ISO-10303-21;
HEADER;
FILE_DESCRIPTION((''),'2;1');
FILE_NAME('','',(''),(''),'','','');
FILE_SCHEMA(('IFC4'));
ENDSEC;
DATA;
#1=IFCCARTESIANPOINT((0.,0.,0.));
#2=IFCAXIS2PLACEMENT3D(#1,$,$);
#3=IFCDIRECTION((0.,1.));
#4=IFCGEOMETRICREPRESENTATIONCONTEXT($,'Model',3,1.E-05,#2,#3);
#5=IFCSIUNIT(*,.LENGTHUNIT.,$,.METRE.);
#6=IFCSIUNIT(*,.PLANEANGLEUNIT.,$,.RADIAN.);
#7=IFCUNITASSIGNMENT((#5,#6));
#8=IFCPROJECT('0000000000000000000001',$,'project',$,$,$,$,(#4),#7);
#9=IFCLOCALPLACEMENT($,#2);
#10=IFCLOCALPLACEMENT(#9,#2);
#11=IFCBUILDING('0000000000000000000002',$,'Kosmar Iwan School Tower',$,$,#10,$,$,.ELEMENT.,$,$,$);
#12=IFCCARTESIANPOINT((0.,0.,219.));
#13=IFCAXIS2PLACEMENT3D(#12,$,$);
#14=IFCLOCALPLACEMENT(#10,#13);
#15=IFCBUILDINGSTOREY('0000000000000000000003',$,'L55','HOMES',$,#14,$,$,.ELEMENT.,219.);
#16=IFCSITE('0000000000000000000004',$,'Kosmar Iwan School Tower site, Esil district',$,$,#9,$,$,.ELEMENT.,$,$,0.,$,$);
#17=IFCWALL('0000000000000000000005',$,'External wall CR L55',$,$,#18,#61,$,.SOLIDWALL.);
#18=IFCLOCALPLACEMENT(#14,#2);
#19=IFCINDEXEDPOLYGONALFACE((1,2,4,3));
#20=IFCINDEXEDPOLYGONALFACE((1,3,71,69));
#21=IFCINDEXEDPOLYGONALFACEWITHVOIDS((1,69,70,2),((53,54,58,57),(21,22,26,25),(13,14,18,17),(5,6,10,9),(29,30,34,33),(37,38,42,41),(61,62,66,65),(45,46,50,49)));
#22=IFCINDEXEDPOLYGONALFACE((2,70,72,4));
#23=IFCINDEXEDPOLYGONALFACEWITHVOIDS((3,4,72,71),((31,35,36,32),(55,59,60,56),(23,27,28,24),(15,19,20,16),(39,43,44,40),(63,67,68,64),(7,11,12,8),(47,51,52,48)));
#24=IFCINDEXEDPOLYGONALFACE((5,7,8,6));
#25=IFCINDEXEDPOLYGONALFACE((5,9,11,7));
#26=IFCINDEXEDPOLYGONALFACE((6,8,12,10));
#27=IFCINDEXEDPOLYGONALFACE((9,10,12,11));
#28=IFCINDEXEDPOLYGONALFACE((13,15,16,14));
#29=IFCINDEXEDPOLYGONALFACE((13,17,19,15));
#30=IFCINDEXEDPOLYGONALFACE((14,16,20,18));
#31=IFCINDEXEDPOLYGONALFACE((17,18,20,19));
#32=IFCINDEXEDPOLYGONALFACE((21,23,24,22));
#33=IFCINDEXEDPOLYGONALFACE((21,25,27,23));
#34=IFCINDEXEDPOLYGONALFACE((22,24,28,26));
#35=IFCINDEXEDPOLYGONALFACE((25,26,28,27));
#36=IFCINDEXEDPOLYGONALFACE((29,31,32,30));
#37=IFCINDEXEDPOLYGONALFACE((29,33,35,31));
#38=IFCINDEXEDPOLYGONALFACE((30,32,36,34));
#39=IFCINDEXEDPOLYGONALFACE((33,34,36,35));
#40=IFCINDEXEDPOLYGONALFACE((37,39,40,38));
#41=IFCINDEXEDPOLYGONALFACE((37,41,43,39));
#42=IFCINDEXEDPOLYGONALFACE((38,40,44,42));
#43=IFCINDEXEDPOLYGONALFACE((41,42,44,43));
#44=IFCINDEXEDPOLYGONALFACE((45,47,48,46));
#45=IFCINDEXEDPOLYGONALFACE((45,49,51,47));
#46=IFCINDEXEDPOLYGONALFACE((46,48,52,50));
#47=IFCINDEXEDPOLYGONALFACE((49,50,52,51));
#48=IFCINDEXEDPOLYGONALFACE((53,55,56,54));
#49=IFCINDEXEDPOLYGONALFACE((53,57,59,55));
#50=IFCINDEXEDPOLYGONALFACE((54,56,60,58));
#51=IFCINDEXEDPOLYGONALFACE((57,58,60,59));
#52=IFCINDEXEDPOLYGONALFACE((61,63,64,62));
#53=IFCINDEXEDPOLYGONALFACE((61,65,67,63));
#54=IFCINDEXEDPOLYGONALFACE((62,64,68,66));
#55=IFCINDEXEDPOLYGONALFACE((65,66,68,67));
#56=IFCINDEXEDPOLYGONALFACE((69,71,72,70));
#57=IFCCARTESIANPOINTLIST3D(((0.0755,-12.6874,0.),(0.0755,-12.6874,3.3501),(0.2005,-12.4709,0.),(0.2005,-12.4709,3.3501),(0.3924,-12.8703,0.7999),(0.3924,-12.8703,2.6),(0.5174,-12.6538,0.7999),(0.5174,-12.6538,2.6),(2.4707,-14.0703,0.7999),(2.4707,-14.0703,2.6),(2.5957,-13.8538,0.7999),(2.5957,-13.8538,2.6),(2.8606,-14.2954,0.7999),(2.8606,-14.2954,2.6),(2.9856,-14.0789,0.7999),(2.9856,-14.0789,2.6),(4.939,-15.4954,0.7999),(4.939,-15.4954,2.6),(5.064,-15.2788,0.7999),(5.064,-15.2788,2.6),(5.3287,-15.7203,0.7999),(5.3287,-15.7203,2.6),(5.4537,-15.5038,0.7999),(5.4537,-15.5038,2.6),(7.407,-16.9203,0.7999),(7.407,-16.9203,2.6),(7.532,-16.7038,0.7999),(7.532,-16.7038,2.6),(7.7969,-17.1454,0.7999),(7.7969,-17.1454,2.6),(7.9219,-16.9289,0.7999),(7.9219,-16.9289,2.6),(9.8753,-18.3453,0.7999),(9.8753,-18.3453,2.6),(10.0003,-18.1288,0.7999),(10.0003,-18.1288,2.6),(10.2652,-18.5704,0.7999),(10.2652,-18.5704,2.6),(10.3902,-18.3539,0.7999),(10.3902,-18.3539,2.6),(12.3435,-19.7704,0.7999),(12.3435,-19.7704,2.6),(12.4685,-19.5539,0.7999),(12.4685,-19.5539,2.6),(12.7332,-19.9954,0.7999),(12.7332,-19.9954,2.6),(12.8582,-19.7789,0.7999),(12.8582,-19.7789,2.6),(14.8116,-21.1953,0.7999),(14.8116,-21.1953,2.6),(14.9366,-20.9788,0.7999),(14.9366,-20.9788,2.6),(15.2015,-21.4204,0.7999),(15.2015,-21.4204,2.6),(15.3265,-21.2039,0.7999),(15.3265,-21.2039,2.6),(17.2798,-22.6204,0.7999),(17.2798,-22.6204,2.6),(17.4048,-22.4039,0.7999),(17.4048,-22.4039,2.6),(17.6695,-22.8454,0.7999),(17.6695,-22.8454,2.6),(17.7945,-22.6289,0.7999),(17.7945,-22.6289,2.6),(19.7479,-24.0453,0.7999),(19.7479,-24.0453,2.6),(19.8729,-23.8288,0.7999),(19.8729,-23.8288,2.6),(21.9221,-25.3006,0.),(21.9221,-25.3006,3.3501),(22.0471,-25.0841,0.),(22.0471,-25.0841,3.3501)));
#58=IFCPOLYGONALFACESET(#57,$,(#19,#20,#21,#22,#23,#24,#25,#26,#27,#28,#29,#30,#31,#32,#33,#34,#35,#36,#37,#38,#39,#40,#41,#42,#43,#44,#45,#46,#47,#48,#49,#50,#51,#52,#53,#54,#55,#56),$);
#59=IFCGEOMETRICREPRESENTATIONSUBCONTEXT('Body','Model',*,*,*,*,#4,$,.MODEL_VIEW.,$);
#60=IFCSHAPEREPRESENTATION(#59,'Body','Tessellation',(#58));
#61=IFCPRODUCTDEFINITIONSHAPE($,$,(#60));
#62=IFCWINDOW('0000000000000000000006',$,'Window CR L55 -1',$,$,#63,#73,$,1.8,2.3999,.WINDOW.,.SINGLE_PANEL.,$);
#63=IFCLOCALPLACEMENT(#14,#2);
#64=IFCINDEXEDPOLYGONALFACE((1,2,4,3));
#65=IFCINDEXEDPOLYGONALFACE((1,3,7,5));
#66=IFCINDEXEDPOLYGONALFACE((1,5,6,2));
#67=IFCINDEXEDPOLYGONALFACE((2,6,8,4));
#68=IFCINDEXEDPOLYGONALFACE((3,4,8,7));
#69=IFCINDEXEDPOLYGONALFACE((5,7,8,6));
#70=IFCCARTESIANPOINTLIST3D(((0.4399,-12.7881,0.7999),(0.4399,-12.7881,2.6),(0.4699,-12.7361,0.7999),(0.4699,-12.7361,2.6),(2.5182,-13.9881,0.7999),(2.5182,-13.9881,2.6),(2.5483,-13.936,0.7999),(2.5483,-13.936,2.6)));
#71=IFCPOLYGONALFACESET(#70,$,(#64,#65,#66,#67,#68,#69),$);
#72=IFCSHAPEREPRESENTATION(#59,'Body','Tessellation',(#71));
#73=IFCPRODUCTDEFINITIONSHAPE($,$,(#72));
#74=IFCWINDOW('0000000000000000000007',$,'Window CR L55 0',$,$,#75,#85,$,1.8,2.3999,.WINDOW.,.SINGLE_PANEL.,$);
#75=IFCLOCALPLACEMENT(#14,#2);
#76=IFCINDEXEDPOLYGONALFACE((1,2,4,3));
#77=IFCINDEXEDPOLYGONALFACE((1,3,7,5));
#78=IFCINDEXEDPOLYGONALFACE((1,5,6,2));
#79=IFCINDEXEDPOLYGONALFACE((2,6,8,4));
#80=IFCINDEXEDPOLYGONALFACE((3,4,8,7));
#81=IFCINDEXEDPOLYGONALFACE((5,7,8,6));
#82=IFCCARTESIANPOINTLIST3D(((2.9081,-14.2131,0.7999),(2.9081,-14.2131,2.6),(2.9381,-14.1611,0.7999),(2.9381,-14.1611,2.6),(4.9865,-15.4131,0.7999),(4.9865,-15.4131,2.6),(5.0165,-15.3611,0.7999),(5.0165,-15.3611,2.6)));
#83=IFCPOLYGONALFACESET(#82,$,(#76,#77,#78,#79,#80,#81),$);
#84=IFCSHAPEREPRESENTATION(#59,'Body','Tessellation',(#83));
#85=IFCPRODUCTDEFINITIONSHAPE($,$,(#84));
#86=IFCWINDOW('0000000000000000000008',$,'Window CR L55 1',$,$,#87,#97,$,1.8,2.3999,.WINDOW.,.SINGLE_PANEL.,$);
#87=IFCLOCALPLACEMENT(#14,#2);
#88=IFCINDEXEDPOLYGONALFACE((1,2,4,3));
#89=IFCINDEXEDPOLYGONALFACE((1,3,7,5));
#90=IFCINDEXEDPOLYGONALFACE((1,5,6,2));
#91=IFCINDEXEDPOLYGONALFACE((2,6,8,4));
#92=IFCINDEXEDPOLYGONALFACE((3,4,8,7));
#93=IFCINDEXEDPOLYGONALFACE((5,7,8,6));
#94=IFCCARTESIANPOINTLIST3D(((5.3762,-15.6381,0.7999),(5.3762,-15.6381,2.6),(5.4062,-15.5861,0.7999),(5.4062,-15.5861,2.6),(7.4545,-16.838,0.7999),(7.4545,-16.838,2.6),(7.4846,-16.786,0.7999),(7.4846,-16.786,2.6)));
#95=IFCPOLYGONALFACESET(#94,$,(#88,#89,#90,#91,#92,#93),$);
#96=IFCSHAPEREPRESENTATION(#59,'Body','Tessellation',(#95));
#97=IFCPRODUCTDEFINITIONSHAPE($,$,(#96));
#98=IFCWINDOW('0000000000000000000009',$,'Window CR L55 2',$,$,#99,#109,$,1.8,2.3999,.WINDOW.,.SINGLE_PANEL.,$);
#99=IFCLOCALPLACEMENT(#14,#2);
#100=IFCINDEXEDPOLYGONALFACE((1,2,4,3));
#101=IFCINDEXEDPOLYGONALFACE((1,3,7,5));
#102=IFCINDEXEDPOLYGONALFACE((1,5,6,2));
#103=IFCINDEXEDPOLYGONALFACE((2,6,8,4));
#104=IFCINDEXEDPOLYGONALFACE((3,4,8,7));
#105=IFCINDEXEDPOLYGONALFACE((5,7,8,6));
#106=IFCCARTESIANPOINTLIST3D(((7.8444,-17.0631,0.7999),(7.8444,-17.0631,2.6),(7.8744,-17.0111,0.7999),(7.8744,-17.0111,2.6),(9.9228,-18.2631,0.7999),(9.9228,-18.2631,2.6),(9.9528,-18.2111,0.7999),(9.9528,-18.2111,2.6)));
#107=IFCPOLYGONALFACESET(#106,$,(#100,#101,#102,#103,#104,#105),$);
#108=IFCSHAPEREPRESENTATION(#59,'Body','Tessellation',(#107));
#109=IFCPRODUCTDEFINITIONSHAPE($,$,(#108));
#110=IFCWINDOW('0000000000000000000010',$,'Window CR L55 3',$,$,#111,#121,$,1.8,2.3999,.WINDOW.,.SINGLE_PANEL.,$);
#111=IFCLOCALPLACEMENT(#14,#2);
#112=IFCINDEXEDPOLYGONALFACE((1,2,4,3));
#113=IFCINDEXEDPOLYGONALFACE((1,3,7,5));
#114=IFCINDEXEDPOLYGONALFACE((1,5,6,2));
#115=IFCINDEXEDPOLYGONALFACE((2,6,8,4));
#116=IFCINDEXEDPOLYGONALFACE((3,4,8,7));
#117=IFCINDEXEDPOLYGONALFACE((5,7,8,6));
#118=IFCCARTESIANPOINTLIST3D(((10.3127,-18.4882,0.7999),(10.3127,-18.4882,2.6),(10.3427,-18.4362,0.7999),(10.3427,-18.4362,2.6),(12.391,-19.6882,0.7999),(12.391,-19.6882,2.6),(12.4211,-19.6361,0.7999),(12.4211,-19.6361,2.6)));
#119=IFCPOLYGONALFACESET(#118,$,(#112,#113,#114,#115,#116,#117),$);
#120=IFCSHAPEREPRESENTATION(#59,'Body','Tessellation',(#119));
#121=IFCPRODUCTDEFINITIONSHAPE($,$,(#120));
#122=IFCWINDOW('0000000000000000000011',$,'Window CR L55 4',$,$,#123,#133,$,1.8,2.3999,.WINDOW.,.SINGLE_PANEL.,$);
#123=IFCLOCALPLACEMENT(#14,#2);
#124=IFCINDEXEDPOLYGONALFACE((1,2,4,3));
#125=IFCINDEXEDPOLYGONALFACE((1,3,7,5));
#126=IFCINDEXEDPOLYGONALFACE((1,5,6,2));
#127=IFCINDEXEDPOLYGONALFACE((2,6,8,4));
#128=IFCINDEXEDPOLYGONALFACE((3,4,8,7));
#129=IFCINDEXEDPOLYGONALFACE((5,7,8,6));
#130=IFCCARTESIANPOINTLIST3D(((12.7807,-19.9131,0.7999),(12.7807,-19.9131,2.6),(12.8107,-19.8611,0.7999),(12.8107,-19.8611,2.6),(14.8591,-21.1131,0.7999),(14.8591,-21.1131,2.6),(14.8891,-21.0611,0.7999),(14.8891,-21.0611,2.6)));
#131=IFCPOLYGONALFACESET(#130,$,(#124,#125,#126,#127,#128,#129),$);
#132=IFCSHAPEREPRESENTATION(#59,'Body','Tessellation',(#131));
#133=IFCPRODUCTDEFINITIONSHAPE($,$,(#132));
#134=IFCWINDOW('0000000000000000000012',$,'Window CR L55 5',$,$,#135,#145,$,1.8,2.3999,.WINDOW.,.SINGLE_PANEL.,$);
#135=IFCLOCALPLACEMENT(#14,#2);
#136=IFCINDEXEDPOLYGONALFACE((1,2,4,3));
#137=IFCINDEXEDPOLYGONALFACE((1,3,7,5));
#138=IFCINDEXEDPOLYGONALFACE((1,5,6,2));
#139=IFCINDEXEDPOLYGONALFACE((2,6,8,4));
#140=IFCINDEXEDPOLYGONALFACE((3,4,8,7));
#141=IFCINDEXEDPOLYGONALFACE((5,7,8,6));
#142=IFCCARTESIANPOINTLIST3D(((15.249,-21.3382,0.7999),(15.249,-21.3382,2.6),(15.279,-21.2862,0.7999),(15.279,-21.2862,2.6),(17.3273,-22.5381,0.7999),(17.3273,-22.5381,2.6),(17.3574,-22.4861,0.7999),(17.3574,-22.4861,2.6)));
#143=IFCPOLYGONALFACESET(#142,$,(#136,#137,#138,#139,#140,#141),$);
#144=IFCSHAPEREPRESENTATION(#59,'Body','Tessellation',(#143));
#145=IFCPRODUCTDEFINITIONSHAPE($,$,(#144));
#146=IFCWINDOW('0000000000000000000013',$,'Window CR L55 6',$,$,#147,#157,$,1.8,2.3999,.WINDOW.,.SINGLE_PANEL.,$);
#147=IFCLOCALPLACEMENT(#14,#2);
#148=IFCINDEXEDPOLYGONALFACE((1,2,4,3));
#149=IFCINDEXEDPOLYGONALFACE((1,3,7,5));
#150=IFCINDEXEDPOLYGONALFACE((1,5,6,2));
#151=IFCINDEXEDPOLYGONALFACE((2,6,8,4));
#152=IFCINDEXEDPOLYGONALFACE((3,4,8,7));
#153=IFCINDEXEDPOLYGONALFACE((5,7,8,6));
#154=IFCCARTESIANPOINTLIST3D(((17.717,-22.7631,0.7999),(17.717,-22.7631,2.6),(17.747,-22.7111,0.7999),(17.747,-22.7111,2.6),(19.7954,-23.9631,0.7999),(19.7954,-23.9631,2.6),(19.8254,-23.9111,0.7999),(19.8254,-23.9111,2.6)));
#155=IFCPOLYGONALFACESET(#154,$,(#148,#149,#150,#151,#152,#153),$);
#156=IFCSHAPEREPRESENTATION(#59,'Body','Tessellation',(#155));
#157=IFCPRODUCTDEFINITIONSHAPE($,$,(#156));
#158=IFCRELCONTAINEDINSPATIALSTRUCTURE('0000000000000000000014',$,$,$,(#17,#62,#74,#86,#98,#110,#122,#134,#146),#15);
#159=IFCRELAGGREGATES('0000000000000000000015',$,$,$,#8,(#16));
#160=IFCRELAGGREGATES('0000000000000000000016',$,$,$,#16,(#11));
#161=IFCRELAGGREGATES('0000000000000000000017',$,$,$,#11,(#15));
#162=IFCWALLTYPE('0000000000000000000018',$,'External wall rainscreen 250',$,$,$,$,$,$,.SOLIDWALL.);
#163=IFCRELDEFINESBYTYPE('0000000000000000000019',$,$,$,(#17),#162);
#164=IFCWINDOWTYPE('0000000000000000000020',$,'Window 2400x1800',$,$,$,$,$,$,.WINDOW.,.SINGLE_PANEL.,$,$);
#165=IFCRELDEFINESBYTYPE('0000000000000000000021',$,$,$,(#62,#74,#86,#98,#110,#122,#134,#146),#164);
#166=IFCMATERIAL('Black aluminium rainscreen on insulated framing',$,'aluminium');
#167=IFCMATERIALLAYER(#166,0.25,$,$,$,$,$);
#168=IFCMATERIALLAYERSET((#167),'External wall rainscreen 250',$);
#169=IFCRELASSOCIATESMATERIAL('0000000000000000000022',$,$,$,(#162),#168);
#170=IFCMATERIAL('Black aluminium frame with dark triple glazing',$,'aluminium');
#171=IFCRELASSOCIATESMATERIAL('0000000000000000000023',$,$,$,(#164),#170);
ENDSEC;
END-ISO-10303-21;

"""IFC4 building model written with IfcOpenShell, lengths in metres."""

from ifc_helpers import new_model, si_unit, direction, frame, frame_2d, origin, place, context, subcontext, project, spatial, rectangle, extrude, material, layer, layer_set, type_object, element, fill, save


model = new_model("IFC4")

# Units and contexts
model_context = context("Model", 3, precision=1e-05, world=origin(), true_north=direction((0.0, 1.0)))
body_context = subcontext(model_context, "Body", "Model", "MODEL_VIEW")
ifc_project = project(units=[si_unit("LENGTHUNIT", "METRE"), si_unit("PLANEANGLEUNIT", "RADIAN")], contexts=[model_context])

# Site, building, storey
site_placement = place(None, origin())
site = spatial("IfcSite", under=ifc_project, at=site_placement, Name="Kosmar Iwan School Tower site, Esil district", CompositionType="ELEMENT", RefElevation=0.0)
building_placement = place(site_placement, origin())
building = spatial("IfcBuilding", under=site, at=building_placement, Name="Kosmar Iwan School Tower", CompositionType="ELEMENT")
storey_placement = place(building_placement, frame((0.0, 0.0, 219.0)))
storey = spatial("IfcBuildingStorey", under=building, at=storey_placement, Name="L55", Description="HOMES", CompositionType="ELEMENT", Elevation=219.0)

# Wall, openings, windows
ifc_material_1 = material(Name="Black aluminium rainscreen on insulated framing", Category="aluminium")
ifc_layer_1 = layer(ifc_material_1, 0.25)
ifc_layer_set_1 = layer_set([ifc_layer_1], Name="External wall rainscreen 250")
wall_type_1 = type_object("IfcWallType", Name="External wall rainscreen 250", PredefinedType="SOLIDWALL", material=ifc_layer_set_1)
ifc_material_2 = material(Name="Black aluminium frame with dark triple glazing", Category="aluminium")
window_type = type_object("IfcWindowType", Name="Window 2400x1800", PartitioningType="SINGLE_PANEL", PredefinedType="WINDOW", material=ifc_material_2)
wall_1_placement = place(storey_placement, frame((0.1379, -12.5791, 0.0), z_axis=(0.0, 0.0, 1.0), x_axis=(0.866024, -0.500003, 0.0)))
wall_1 = element("IfcWall", 1, at=wall_1_placement, inside=storey, type_object=wall_type_1, Name="External wall CR L55", PredefinedType="SOLIDWALL", context=body_context, shape_type="SweptSolid", body=[
    extrude(rectangle(XDim=25.2263, YDim=0.25, at=frame_2d((12.6133, 0.0))), origin(), (0.0, 0.0, 1.0), 3.3501),
])
opening_1_placement = place(wall_1_placement, frame((0.366, 0.0, 0.8)))
opening_1 = element("IfcOpeningElement", 2, at=opening_1_placement, cuts=wall_1, PredefinedType="OPENING", context=body_context, shape_type="SweptSolid", body=[
    extrude(rectangle(XDim=2.3999, YDim=1.8, at=frame_2d((1.2, 0.8999))), frame((0.0, 0.137, 0.0), z_axis=(0.0, -1.0, 0.0), x_axis=(1.0, 0.0, 0.0)), (0.0, 0.0, 1.0), 0.2739),
])
opening_2_placement = place(wall_1_placement, frame((3.2161, 0.0, 0.8)))
opening_2 = element("IfcOpeningElement", 3, at=opening_2_placement, cuts=wall_1, PredefinedType="OPENING", context=body_context, shape_type="SweptSolid", body=[
    extrude(rectangle(XDim=2.3999, YDim=1.8, at=frame_2d((1.2, 0.8999))), frame((0.0, 0.137, 0.0), z_axis=(0.0, -1.0, 0.0), x_axis=(1.0, 0.0, 0.0)), (0.0, 0.0, 1.0), 0.2739),
])
opening_3_placement = place(wall_1_placement, frame((6.0659, 0.0, 0.8)))
opening_3 = element("IfcOpeningElement", 4, at=opening_3_placement, cuts=wall_1, PredefinedType="OPENING", context=body_context, shape_type="SweptSolid", body=[
    extrude(rectangle(XDim=2.3999, YDim=1.8, at=frame_2d((1.2, 0.8999))), frame((0.0, 0.137, 0.0), z_axis=(0.0, -1.0, 0.0), x_axis=(1.0, 0.0, 0.0)), (0.0, 0.0, 1.0), 0.2739),
])
opening_4_placement = place(wall_1_placement, frame((8.916, 0.0, 0.8)))
opening_4 = element("IfcOpeningElement", 5, at=opening_4_placement, cuts=wall_1, PredefinedType="OPENING", context=body_context, shape_type="SweptSolid", body=[
    extrude(rectangle(XDim=2.3999, YDim=1.8, at=frame_2d((1.2, 0.8999))), frame((0.0, 0.137, 0.0), z_axis=(0.0, -1.0, 0.0), x_axis=(1.0, 0.0, 0.0)), (0.0, 0.0, 1.0), 0.2739),
])
opening_5_placement = place(wall_1_placement, frame((11.7661, 0.0, 0.8)))
opening_5 = element("IfcOpeningElement", 6, at=opening_5_placement, cuts=wall_1, PredefinedType="OPENING", context=body_context, shape_type="SweptSolid", body=[
    extrude(rectangle(XDim=2.3999, YDim=1.8, at=frame_2d((1.2, 0.8999))), frame((0.0, 0.137, 0.0), z_axis=(0.0, -1.0, 0.0), x_axis=(1.0, 0.0, 0.0)), (0.0, 0.0, 1.0), 0.2739),
])
opening_6_placement = place(wall_1_placement, frame((14.616, 0.0, 0.8)))
opening_6 = element("IfcOpeningElement", 7, at=opening_6_placement, cuts=wall_1, PredefinedType="OPENING", context=body_context, shape_type="SweptSolid", body=[
    extrude(rectangle(XDim=2.3999, YDim=1.8, at=frame_2d((1.2, 0.8999))), frame((0.0, 0.137, 0.0), z_axis=(0.0, -1.0, 0.0), x_axis=(1.0, 0.0, 0.0)), (0.0, 0.0, 1.0), 0.2739),
])
opening_7_placement = place(wall_1_placement, frame((17.4661, 0.0, 0.8)))
opening_7 = element("IfcOpeningElement", 8, at=opening_7_placement, cuts=wall_1, PredefinedType="OPENING", context=body_context, shape_type="SweptSolid", body=[
    extrude(rectangle(XDim=2.3999, YDim=1.8, at=frame_2d((1.2, 0.8999))), frame((0.0, 0.137, 0.0), z_axis=(0.0, -1.0, 0.0), x_axis=(1.0, 0.0, 0.0)), (0.0, 0.0, 1.0), 0.2739),
])
opening_8_placement = place(wall_1_placement, frame((20.3159, 0.0, 0.8)))
opening_8 = element("IfcOpeningElement", 9, at=opening_8_placement, cuts=wall_1, PredefinedType="OPENING", context=body_context, shape_type="SweptSolid", body=[
    extrude(rectangle(XDim=2.3999, YDim=1.8, at=frame_2d((1.2, 0.8999))), frame((0.0, 0.137, 0.0), z_axis=(0.0, -1.0, 0.0), x_axis=(1.0, 0.0, 0.0)), (0.0, 0.0, 1.0), 0.2739),
])
window_1_placement = place(opening_1_placement, origin())
window_1 = element("IfcWindow", 10, at=window_1_placement, inside=storey, type_object=window_type, Name="Window CR L55 -1", OverallHeight=1.8, OverallWidth=2.3999, PartitioningType="SINGLE_PANEL", PredefinedType="WINDOW", context=body_context, shape_type="SweptSolid", body=[
    extrude(rectangle(XDim=2.3999, YDim=1.8, at=frame_2d((1.2, 0.8999))), frame((0.0, 0.03, 0.0), z_axis=(0.0, -1.0, 0.0), x_axis=(1.0, 0.0, 0.0)), (0.0, 0.0, 1.0), 0.0601),
])
fill(opening_1, window_1)
window_2_placement = place(opening_2_placement, origin())
window_2 = element("IfcWindow", 11, at=window_2_placement, inside=storey, type_object=window_type, Name="Window CR L55 0", OverallHeight=1.8, OverallWidth=2.3999, PartitioningType="SINGLE_PANEL", PredefinedType="WINDOW", context=body_context, shape_type="SweptSolid", body=[
    extrude(rectangle(XDim=2.3999, YDim=1.8, at=frame_2d((1.2, 0.8999))), frame((0.0, 0.03, 0.0), z_axis=(0.0, -1.0, 0.0), x_axis=(1.0, 0.0, 0.0)), (0.0, 0.0, 1.0), 0.0601),
])
fill(opening_2, window_2)
window_3_placement = place(opening_3_placement, origin())
window_3 = element("IfcWindow", 12, at=window_3_placement, inside=storey, type_object=window_type, Name="Window CR L55 1", OverallHeight=1.8, OverallWidth=2.3999, PartitioningType="SINGLE_PANEL", PredefinedType="WINDOW", context=body_context, shape_type="SweptSolid", body=[
    extrude(rectangle(XDim=2.3999, YDim=1.8, at=frame_2d((1.2, 0.8999))), frame((0.0, 0.03, 0.0), z_axis=(0.0, -1.0, 0.0), x_axis=(1.0, 0.0, 0.0)), (0.0, 0.0, 1.0), 0.0601),
])
fill(opening_3, window_3)
window_4_placement = place(opening_4_placement, origin())
window_4 = element("IfcWindow", 13, at=window_4_placement, inside=storey, type_object=window_type, Name="Window CR L55 2", OverallHeight=1.8, OverallWidth=2.3999, PartitioningType="SINGLE_PANEL", PredefinedType="WINDOW", context=body_context, shape_type="SweptSolid", body=[
    extrude(rectangle(XDim=2.3999, YDim=1.8, at=frame_2d((1.2, 0.8999))), frame((0.0, 0.03, 0.0), z_axis=(0.0, -1.0, 0.0), x_axis=(1.0, 0.0, 0.0)), (0.0, 0.0, 1.0), 0.0601),
])
fill(opening_4, window_4)
window_5_placement = place(opening_5_placement, origin())
window_5 = element("IfcWindow", 14, at=window_5_placement, inside=storey, type_object=window_type, Name="Window CR L55 3", OverallHeight=1.8, OverallWidth=2.3999, PartitioningType="SINGLE_PANEL", PredefinedType="WINDOW", context=body_context, shape_type="SweptSolid", body=[
    extrude(rectangle(XDim=2.3999, YDim=1.8, at=frame_2d((1.2, 0.8999))), frame((0.0, 0.03, 0.0), z_axis=(0.0, -1.0, 0.0), x_axis=(1.0, 0.0, 0.0)), (0.0, 0.0, 1.0), 0.0601),
])
fill(opening_5, window_5)
window_6_placement = place(opening_6_placement, origin())
window_6 = element("IfcWindow", 15, at=window_6_placement, inside=storey, type_object=window_type, Name="Window CR L55 4", OverallHeight=1.8, OverallWidth=2.3999, PartitioningType="SINGLE_PANEL", PredefinedType="WINDOW", context=body_context, shape_type="SweptSolid", body=[
    extrude(rectangle(XDim=2.3999, YDim=1.8, at=frame_2d((1.2, 0.8999))), frame((0.0, 0.03, 0.0), z_axis=(0.0, -1.0, 0.0), x_axis=(1.0, 0.0, 0.0)), (0.0, 0.0, 1.0), 0.0601),
])
fill(opening_6, window_6)
window_7_placement = place(opening_7_placement, origin())
window_7 = element("IfcWindow", 16, at=window_7_placement, inside=storey, type_object=window_type, Name="Window CR L55 5", OverallHeight=1.8, OverallWidth=2.3999, PartitioningType="SINGLE_PANEL", PredefinedType="WINDOW", context=body_context, shape_type="SweptSolid", body=[
    extrude(rectangle(XDim=2.3999, YDim=1.8, at=frame_2d((1.2, 0.8999))), frame((0.0, 0.03, 0.0), z_axis=(0.0, -1.0, 0.0), x_axis=(1.0, 0.0, 0.0)), (0.0, 0.0, 1.0), 0.0601),
])
fill(opening_7, window_7)
window_8_placement = place(opening_8_placement, origin())
window_8 = element("IfcWindow", 17, at=window_8_placement, inside=storey, type_object=window_type, Name="Window CR L55 6", OverallHeight=1.8, OverallWidth=2.3999, PartitioningType="SINGLE_PANEL", PredefinedType="WINDOW", context=body_context, shape_type="SweptSolid", body=[
    extrude(rectangle(XDim=2.3999, YDim=1.8, at=frame_2d((1.2, 0.8999))), frame((0.0, 0.03, 0.0), z_axis=(0.0, -1.0, 0.0), x_axis=(1.0, 0.0, 0.0)), (0.0, 0.0, 1.0), 0.0601),
])
fill(opening_8, window_8)

save(model, "model.ifc")
